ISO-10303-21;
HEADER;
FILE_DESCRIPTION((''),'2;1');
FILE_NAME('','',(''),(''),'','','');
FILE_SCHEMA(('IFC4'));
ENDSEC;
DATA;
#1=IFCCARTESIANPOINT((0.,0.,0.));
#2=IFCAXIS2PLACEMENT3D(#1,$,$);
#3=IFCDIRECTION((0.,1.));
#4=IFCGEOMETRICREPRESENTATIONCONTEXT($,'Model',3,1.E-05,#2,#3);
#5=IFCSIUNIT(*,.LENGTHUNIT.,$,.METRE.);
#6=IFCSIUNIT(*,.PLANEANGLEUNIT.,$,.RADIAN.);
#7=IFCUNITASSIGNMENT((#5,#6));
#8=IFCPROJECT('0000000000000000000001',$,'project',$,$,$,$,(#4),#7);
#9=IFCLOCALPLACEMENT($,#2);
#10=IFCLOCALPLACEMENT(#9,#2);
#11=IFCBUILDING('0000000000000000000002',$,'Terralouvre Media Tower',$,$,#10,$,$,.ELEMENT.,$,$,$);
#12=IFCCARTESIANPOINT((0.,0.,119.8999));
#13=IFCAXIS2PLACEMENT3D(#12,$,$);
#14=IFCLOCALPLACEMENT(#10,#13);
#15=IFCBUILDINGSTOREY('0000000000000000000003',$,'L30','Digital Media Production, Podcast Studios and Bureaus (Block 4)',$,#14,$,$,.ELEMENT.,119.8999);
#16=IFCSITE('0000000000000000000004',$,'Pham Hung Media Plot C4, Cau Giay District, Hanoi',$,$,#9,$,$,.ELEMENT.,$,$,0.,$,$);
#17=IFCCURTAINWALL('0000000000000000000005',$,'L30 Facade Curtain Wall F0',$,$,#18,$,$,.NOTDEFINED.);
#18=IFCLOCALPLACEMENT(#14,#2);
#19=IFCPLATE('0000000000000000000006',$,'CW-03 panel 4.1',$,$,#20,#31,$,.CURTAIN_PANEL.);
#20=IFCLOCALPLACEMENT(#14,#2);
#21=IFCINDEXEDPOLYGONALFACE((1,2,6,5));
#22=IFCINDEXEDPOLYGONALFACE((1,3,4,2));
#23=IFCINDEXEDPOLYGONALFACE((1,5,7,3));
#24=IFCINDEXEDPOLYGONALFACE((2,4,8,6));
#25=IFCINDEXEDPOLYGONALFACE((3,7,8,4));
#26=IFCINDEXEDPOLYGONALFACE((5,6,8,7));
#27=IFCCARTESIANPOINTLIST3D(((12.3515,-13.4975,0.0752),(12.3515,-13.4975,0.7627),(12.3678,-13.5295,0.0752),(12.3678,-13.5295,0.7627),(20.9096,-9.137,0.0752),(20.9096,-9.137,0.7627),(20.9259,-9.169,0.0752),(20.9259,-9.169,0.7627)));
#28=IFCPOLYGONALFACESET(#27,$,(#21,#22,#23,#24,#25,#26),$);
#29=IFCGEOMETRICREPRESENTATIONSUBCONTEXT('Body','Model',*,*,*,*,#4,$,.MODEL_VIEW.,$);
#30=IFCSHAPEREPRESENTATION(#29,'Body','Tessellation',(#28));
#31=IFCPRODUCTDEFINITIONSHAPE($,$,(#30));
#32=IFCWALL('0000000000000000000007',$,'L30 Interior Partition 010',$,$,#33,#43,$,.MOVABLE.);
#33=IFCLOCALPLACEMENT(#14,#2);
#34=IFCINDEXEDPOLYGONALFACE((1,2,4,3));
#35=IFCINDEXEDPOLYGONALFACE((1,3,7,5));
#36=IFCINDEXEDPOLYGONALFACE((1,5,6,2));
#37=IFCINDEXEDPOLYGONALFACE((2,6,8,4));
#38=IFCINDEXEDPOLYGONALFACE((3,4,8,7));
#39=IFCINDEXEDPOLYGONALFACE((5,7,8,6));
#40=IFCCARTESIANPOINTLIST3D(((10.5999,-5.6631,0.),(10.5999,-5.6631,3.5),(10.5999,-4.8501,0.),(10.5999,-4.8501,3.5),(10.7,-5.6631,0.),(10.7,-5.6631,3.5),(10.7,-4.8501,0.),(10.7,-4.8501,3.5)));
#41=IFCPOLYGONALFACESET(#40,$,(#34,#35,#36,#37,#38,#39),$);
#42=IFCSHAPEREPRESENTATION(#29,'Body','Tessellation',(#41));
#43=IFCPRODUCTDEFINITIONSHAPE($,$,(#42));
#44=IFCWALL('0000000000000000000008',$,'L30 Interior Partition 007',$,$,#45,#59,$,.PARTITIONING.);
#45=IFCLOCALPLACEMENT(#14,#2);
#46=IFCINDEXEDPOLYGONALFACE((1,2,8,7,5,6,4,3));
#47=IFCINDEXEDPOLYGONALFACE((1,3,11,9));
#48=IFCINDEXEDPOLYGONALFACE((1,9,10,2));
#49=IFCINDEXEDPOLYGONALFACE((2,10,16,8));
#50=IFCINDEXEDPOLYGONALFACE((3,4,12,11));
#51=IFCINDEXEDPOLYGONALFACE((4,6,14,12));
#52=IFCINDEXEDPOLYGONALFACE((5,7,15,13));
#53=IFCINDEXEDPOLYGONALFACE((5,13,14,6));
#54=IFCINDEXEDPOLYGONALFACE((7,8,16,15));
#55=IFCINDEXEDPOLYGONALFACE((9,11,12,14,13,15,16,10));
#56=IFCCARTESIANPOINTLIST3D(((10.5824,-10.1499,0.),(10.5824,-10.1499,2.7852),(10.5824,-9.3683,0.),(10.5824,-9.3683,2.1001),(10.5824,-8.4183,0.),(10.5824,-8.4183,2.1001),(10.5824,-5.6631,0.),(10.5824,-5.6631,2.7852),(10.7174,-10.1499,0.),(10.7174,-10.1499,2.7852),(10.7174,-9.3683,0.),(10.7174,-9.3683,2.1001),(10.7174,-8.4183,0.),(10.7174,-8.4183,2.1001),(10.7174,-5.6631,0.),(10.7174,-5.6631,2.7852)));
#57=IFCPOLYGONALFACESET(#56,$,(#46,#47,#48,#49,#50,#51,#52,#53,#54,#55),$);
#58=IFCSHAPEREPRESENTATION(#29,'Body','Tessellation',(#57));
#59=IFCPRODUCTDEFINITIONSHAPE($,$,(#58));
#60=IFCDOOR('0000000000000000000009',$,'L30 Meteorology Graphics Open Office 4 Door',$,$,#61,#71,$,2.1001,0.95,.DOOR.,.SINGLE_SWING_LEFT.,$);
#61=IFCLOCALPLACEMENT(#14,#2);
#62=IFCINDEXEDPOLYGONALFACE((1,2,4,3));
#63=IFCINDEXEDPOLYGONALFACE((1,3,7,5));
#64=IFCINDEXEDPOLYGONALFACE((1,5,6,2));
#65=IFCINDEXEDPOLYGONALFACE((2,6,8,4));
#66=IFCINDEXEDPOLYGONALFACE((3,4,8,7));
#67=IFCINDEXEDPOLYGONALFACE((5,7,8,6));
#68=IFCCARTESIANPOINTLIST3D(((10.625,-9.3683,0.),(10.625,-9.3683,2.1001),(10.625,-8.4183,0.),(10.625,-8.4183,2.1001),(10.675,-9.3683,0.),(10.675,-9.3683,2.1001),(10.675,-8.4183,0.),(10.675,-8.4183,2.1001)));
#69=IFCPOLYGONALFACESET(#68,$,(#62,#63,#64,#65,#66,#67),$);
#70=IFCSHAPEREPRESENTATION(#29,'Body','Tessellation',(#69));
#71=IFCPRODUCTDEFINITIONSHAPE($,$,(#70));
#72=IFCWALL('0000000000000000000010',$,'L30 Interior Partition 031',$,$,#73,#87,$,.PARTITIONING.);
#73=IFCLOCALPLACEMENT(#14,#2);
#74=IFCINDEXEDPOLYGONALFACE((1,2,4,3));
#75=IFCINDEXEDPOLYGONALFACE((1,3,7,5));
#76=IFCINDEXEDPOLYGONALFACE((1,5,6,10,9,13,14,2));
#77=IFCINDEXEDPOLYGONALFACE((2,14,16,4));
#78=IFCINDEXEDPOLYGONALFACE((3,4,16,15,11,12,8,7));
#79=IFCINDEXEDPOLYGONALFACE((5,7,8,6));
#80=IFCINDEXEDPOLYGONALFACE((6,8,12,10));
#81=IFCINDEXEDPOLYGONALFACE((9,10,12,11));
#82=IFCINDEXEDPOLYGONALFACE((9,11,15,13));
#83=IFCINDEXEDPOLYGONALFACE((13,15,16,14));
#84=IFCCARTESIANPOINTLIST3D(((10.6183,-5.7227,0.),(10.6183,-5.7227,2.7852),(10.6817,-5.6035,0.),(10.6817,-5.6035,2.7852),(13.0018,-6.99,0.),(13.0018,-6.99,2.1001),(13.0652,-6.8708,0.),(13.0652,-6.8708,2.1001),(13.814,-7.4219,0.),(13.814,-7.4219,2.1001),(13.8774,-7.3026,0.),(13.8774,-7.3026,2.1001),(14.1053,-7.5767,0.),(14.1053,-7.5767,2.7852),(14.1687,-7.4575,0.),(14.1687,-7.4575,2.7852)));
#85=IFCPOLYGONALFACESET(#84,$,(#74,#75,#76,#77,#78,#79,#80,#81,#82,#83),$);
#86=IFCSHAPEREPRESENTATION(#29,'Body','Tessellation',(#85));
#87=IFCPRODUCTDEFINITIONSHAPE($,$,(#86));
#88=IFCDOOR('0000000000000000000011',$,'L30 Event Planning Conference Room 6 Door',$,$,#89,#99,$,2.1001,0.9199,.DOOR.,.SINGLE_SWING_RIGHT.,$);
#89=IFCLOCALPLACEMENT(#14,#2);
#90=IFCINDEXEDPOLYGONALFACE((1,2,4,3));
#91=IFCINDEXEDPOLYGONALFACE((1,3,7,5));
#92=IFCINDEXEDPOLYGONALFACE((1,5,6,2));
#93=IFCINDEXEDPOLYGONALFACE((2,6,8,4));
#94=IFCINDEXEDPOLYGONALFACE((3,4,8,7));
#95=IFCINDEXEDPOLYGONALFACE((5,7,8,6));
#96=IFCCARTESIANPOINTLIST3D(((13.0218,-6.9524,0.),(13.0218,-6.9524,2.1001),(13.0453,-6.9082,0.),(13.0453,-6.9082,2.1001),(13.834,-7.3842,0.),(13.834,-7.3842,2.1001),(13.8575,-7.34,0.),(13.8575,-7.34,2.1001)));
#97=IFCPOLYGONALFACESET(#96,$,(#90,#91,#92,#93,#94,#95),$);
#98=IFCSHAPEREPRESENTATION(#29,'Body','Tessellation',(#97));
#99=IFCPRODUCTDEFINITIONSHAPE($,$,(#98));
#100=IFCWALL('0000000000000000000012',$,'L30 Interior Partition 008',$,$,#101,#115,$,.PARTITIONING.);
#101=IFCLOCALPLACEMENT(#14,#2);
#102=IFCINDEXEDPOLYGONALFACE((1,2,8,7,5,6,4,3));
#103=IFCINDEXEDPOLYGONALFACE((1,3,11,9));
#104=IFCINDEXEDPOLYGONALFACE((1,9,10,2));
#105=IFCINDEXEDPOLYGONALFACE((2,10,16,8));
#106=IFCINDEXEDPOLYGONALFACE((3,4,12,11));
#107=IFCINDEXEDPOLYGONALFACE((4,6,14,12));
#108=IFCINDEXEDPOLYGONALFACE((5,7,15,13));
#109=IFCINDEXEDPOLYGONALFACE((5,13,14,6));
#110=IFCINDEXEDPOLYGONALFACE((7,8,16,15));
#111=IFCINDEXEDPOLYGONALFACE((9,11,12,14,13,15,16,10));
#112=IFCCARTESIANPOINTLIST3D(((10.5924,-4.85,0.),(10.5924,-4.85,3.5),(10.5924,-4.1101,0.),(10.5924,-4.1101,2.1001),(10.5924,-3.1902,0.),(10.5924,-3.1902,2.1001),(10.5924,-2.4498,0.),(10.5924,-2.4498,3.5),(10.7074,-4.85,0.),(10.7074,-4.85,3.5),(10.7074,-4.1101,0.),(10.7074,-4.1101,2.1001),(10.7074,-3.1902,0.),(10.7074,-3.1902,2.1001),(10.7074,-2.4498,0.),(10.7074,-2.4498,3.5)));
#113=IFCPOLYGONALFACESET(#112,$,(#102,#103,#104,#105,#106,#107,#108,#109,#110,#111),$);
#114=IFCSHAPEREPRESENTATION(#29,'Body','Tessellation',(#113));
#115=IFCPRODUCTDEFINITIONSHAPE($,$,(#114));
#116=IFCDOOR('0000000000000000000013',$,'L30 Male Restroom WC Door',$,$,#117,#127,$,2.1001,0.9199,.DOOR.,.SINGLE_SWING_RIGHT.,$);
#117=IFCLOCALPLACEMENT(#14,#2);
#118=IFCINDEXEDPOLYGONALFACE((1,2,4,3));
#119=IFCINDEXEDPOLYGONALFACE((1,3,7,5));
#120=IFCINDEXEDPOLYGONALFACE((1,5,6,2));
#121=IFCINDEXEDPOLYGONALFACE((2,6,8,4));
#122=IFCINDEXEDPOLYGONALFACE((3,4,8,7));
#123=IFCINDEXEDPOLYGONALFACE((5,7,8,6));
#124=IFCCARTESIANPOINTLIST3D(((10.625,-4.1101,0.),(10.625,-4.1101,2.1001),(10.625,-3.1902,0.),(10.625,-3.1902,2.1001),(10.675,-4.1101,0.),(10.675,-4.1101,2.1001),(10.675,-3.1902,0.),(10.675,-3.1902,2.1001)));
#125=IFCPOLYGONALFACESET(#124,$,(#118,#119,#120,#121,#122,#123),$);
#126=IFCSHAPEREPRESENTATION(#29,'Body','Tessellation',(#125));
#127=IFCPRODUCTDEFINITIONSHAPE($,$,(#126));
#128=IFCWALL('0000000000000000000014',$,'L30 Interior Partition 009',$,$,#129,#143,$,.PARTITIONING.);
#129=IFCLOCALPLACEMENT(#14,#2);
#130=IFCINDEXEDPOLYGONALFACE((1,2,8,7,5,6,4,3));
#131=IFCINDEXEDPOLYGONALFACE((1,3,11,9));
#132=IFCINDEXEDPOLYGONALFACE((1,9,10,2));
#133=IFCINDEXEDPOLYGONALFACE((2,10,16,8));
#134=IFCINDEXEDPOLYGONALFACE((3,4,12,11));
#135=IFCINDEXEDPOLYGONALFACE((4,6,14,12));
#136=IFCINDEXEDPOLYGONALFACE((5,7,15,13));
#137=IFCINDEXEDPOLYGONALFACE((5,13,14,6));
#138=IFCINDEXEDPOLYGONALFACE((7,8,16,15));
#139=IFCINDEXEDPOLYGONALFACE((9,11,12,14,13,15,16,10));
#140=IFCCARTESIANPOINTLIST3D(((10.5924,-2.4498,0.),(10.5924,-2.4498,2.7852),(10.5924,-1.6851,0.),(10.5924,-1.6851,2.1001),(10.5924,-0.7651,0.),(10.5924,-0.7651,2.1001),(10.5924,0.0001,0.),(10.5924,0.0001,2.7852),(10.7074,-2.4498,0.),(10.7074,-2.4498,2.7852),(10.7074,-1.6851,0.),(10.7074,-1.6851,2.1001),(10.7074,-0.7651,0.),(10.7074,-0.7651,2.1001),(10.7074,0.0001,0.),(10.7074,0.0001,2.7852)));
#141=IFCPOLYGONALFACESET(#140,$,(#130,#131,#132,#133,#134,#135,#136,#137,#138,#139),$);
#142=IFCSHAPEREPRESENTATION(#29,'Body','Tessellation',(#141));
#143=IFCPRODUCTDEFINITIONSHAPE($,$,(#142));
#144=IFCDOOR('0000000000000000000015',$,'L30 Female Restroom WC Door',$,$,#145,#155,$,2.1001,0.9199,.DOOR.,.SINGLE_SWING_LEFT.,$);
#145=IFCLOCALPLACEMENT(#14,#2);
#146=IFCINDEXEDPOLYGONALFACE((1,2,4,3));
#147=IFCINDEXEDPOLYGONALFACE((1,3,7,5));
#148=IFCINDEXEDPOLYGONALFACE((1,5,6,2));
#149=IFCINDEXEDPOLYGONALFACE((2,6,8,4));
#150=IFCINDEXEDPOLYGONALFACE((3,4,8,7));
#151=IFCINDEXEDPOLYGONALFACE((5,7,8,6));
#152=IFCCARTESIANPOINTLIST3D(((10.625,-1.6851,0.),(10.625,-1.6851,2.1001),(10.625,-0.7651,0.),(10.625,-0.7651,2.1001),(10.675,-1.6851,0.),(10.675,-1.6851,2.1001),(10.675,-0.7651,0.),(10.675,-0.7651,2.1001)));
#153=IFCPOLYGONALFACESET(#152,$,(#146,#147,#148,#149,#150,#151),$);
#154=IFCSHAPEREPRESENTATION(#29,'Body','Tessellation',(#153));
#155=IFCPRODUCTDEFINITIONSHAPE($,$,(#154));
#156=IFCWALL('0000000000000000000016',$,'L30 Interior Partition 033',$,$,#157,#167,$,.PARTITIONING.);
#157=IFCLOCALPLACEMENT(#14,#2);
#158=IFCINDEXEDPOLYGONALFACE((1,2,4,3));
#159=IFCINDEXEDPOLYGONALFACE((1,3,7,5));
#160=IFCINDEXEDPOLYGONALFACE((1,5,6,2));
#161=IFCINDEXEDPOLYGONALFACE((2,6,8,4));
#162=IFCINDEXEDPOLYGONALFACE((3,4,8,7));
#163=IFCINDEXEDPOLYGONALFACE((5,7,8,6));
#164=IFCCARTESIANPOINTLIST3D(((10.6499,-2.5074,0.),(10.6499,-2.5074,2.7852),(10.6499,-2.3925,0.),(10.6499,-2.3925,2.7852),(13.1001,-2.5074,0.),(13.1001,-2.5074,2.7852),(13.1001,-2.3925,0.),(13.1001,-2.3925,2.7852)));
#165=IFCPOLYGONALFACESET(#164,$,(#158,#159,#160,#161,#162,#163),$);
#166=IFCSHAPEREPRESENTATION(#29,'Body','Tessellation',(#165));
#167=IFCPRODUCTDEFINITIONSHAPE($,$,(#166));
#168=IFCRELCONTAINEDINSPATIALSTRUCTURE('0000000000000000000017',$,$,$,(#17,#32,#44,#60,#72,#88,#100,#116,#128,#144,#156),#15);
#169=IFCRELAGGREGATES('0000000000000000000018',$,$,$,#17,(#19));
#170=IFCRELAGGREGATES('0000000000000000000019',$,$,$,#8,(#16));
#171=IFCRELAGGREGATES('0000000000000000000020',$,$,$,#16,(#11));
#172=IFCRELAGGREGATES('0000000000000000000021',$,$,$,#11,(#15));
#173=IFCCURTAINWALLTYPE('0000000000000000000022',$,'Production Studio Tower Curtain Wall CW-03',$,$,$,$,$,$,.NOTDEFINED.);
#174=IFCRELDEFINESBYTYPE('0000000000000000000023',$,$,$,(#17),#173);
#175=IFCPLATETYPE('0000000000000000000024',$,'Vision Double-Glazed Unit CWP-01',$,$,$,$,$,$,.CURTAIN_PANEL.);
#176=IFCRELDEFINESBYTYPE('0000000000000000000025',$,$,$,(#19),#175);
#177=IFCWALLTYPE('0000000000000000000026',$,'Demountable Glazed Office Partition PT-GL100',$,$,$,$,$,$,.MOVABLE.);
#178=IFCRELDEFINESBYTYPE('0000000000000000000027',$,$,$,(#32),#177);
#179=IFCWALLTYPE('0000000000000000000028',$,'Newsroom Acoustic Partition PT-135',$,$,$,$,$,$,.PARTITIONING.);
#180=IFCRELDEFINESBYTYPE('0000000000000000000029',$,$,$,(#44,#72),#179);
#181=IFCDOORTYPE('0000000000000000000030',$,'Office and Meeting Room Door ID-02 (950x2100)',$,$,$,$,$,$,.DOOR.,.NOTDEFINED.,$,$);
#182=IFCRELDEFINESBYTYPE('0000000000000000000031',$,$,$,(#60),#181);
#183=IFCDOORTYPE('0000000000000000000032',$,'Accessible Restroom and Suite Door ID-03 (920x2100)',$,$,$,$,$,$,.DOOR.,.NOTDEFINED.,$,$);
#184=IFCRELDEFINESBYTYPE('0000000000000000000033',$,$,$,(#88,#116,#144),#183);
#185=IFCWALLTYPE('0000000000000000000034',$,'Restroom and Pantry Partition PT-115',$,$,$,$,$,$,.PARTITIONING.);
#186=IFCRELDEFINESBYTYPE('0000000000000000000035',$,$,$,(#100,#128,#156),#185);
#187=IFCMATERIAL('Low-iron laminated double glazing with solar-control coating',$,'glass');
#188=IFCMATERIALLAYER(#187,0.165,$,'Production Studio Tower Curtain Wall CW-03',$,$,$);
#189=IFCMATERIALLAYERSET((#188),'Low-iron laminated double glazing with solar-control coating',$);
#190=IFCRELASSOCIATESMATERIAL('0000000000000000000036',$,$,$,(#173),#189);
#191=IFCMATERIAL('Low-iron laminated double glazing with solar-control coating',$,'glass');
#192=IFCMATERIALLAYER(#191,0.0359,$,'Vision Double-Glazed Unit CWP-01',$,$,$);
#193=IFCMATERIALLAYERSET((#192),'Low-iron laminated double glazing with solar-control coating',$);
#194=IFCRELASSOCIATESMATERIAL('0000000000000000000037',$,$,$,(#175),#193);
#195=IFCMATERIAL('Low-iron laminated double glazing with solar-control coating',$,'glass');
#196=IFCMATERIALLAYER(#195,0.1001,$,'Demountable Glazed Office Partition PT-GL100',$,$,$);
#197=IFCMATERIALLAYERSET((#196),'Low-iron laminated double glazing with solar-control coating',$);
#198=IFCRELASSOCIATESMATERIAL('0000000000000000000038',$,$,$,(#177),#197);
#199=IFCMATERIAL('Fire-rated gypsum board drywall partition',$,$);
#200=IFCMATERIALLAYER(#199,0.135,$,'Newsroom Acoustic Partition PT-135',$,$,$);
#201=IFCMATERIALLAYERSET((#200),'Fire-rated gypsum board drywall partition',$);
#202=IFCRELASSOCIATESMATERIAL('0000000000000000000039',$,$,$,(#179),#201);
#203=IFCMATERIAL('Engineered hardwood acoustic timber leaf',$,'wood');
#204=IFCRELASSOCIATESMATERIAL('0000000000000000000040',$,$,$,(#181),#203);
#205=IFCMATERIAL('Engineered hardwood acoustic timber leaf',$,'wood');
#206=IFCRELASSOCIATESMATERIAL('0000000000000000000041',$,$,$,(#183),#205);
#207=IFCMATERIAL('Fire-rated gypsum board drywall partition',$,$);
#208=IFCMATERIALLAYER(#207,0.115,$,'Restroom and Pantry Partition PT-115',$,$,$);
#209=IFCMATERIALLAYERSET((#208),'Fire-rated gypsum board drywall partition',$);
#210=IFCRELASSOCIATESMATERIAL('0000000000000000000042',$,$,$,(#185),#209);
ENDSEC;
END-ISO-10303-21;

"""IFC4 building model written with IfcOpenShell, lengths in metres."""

from ifc_helpers import new_model, si_unit, direction, frame, frame_2d, origin, origin_2d, place, context, subcontext, project, spatial, rectangle, extrude, material, layer, layer_set, type_object, element, fill, aggregate, save


model = new_model("IFC4")

# Units and contexts
model_context = context("Model", 3, precision=1e-05, world=origin(), true_north=direction((0.0, 1.0)))
body_context = subcontext(model_context, "Body", "Model", "MODEL_VIEW")
ifc_project = project(units=[si_unit("LENGTHUNIT", "METRE"), si_unit("PLANEANGLEUNIT", "RADIAN")], contexts=[model_context])

# Site, building, storey
site_placement = place(None, origin())
site = spatial("IfcSite", under=ifc_project, at=site_placement, Name="Pham Hung Media Plot C4, Cau Giay District, Hanoi", CompositionType="ELEMENT", RefElevation=0.0)
building_placement = place(site_placement, origin())
building = spatial("IfcBuilding", under=site, at=building_placement, Name="Terralouvre Media Tower", CompositionType="ELEMENT")
storey_placement = place(building_placement, frame((0.0, 0.0, 119.8999)))
storey = spatial("IfcBuildingStorey", under=building, at=storey_placement, Name="L30", Description="Digital Media Production, Podcast Studios and Bureaus (Block 4)", CompositionType="ELEMENT", Elevation=119.8999)

# Curtain wall
ifc_material_1 = material(Name="Low-iron laminated double glazing with solar-control coating", Category="glass")
ifc_layer_1 = layer(ifc_material_1, 0.165, Name="Production Studio Tower Curtain Wall CW-03")
ifc_layer_set_1 = layer_set([ifc_layer_1], Name="Low-iron laminated double glazing with solar-control coating")
curtain_wall_type = type_object("IfcCurtainWallType", Name="Production Studio Tower Curtain Wall CW-03", PredefinedType="NOTDEFINED", material=ifc_layer_set_1)
curtain_wall_placement = place(storey_placement, origin())
curtain_wall = element("IfcCurtainWall", 1, at=curtain_wall_placement, inside=storey, type_object=curtain_wall_type, Name="L30 Facade Curtain Wall F0", PredefinedType="NOTDEFINED")

# Plate
ifc_material_2 = material(Name="Low-iron laminated double glazing with solar-control coating", Category="glass")
ifc_layer_2 = layer(ifc_material_2, 0.0359, Name="Vision Double-Glazed Unit CWP-01")
ifc_layer_set_2 = layer_set([ifc_layer_2], Name="Low-iron laminated double glazing with solar-control coating")
plate_type = type_object("IfcPlateType", Name="Vision Double-Glazed Unit CWP-01", PredefinedType="CURTAIN_PANEL", material=ifc_layer_set_2)
plate_placement = place(storey_placement, frame((16.6387, -11.3333, 0.0752), z_axis=(0.0, 0.0, 1.0), x_axis=(0.891007, 0.453991, 0.0)))
plate = element("IfcPlate", 2, at=plate_placement, type_object=plate_type, Name="CW-03 panel 4.1", PredefinedType="CURTAIN_PANEL", context=body_context, shape_type="SweptSolid", body=[
    extrude(rectangle(XDim=9.605, YDim=0.0359, at=origin_2d()), origin(), (0.0, 0.0, 1.0), 0.6875),
])
aggregate(curtain_wall, [plate])

# Wall
ifc_material_3 = material(Name="Low-iron laminated double glazing with solar-control coating", Category="glass")
ifc_layer_3 = layer(ifc_material_3, 0.1001, Name="Demountable Glazed Office Partition PT-GL100")
ifc_layer_set_3 = layer_set([ifc_layer_3], Name="Low-iron laminated double glazing with solar-control coating")
wall_type_1 = type_object("IfcWallType", Name="Demountable Glazed Office Partition PT-GL100", PredefinedType="MOVABLE", material=ifc_layer_set_3)
wall_1_placement = place(storey_placement, frame((10.6499, -5.6631, 0.0), z_axis=(0.0, 0.0, 1.0), x_axis=(0.0, 1.0, 0.0)))
element("IfcWall", 3, at=wall_1_placement, inside=storey, type_object=wall_type_1, Name="L30 Interior Partition 010", PredefinedType="MOVABLE", context=body_context, shape_type="SweptSolid", body=[
    extrude(rectangle(XDim=0.813, YDim=0.1001, at=frame_2d((0.4065, 0.0))), origin(), (0.0, 0.0, 1.0), 3.5),
])

# Walls, openings, doors
ifc_material_4 = material(Name="Fire-rated gypsum board drywall partition")
ifc_layer_4 = layer(ifc_material_4, 0.135, Name="Newsroom Acoustic Partition PT-135")
ifc_layer_set_4 = layer_set([ifc_layer_4], Name="Fire-rated gypsum board drywall partition")
wall_type_2 = type_object("IfcWallType", Name="Newsroom Acoustic Partition PT-135", PredefinedType="PARTITIONING", material=ifc_layer_set_4)
wall_2_placement = place(storey_placement, frame((10.6499, -10.1499, 0.0), z_axis=(0.0, 0.0, 1.0), x_axis=(0.0, 1.0, 0.0)))
wall_2 = element("IfcWall", 4, at=wall_2_placement, inside=storey, type_object=wall_type_2, Name="L30 Interior Partition 007", PredefinedType="PARTITIONING", context=body_context, shape_type="SweptSolid", body=[
    extrude(rectangle(XDim=4.4868, YDim=0.135, at=frame_2d((2.2434, 0.0))), origin(), (0.0, 0.0, 1.0), 2.7852),
])
opening_1_placement = place(wall_2_placement, frame((0.7815, 0.0, 0.0)))
opening_1 = element("IfcOpeningElement", 5, at=opening_1_placement, cuts=wall_2, PredefinedType="OPENING", context=body_context, shape_type="SweptSolid", body=[
    extrude(rectangle(XDim=0.95, YDim=2.1001, at=frame_2d((0.4751, 1.05))), frame((0.0, 0.0774, 0.0), z_axis=(0.0, -1.0, 0.0), x_axis=(1.0, 0.0, 0.0)), (0.0, 0.0, 1.0), 0.155),
])
ifc_material_5 = material(Name="Engineered hardwood acoustic timber leaf", Category="wood")
door_type_1 = type_object("IfcDoorType", Name="Office and Meeting Room Door ID-02 (950x2100)", OperationType="NOTDEFINED", PredefinedType="DOOR", material=ifc_material_5)
door_1_placement = place(opening_1_placement, origin())
door_1 = element("IfcDoor", 6, at=door_1_placement, inside=storey, type_object=door_type_1, Name="L30 Meteorology Graphics Open Office 4 Door", OperationType="SINGLE_SWING_LEFT", OverallHeight=2.1001, OverallWidth=0.95, PredefinedType="DOOR", context=body_context, shape_type="SweptSolid", body=[
    extrude(rectangle(XDim=0.95, YDim=2.1001, at=frame_2d((0.4751, 1.05))), frame((0.0, 0.0249, 0.0), z_axis=(0.0, -1.0, 0.0), x_axis=(1.0, 0.0, 0.0)), (0.0, 0.0, 1.0), 0.05),
])
fill(opening_1, door_1)
wall_3_placement = place(storey_placement, frame((14.137, -7.5171, 0.0), z_axis=(0.0, 0.0, 1.0), x_axis=(-0.882958, 0.469452, 0.0)))
wall_3 = element("IfcWall", 7, at=wall_3_placement, inside=storey, type_object=wall_type_2, Name="L30 Interior Partition 031", PredefinedType="PARTITIONING", context=body_context, shape_type="SweptSolid", body=[
    extrude(rectangle(XDim=3.9492, YDim=0.135, at=frame_2d((1.9746, 0.0))), origin(), (0.0, 0.0, 1.0), 2.7852),
])
opening_2_placement = place(wall_3_placement, frame((0.3298, 0.0, 0.0)))
opening_2 = element("IfcOpeningElement", 8, at=opening_2_placement, cuts=wall_3, PredefinedType="OPENING", context=body_context, shape_type="SweptSolid", body=[
    extrude(rectangle(XDim=0.9199, YDim=2.1001, at=frame_2d((0.46, 1.05))), frame((0.0, 0.0774, 0.0), z_axis=(0.0, -1.0, 0.0), x_axis=(1.0, 0.0, 0.0)), (0.0, 0.0, 1.0), 0.155),
])
ifc_material_6 = material(Name="Engineered hardwood acoustic timber leaf", Category="wood")
door_type_2 = type_object("IfcDoorType", Name="Accessible Restroom and Suite Door ID-03 (920x2100)", OperationType="NOTDEFINED", PredefinedType="DOOR", material=ifc_material_6)
door_2_placement = place(opening_2_placement, origin())
door_2 = element("IfcDoor", 9, at=door_2_placement, inside=storey, type_object=door_type_2, Name="L30 Event Planning Conference Room 6 Door", OperationType="SINGLE_SWING_RIGHT", OverallHeight=2.1001, OverallWidth=0.9199, PredefinedType="DOOR", context=body_context, shape_type="SweptSolid", body=[
    extrude(rectangle(XDim=0.9199, YDim=2.1001, at=frame_2d((0.46, 1.05))), frame((0.0, 0.0249, 0.0), z_axis=(0.0, -1.0, 0.0), x_axis=(1.0, 0.0, 0.0)), (0.0, 0.0, 1.0), 0.05),
])
fill(opening_2, door_2)
ifc_material_7 = material(Name="Fire-rated gypsum board drywall partition")
ifc_layer_5 = layer(ifc_material_7, 0.115, Name="Restroom and Pantry Partition PT-115")
ifc_layer_set_5 = layer_set([ifc_layer_5], Name="Fire-rated gypsum board drywall partition")
wall_type_3 = type_object("IfcWallType", Name="Restroom and Pantry Partition PT-115", PredefinedType="PARTITIONING", material=ifc_layer_set_5)
wall_4_placement = place(storey_placement, frame((10.6499, -4.8501, 0.0), z_axis=(0.0, 0.0, 1.0), x_axis=(0.0, 1.0, 0.0)))
wall_4 = element("IfcWall", 10, at=wall_4_placement, inside=storey, type_object=wall_type_3, Name="L30 Interior Partition 008", PredefinedType="PARTITIONING", context=body_context, shape_type="SweptSolid", body=[
    extrude(rectangle(XDim=2.4001, YDim=0.115, at=frame_2d((1.2002, 0.0))), origin(), (0.0, 0.0, 1.0), 3.5),
])
opening_3_placement = place(wall_4_placement, frame((0.74, 0.0, 0.0)))
opening_3 = element("IfcOpeningElement", 11, at=opening_3_placement, cuts=wall_4, PredefinedType="OPENING", context=body_context, shape_type="SweptSolid", body=[
    extrude(rectangle(XDim=0.9199, YDim=2.1001, at=frame_2d((0.46, 1.05))), frame((0.0, 0.0674, 0.0), z_axis=(0.0, -1.0, 0.0), x_axis=(1.0, 0.0, 0.0)), (0.0, 0.0, 1.0), 0.135),
])
door_3_placement = place(opening_3_placement, origin())
door_3 = element("IfcDoor", 12, at=door_3_placement, inside=storey, type_object=door_type_2, Name="L30 Male Restroom WC Door", OperationType="SINGLE_SWING_RIGHT", OverallHeight=2.1001, OverallWidth=0.9199, PredefinedType="DOOR", context=body_context, shape_type="SweptSolid", body=[
    extrude(rectangle(XDim=0.9199, YDim=2.1001, at=frame_2d((0.46, 1.05))), frame((0.0, 0.0249, 0.0), z_axis=(0.0, -1.0, 0.0), x_axis=(1.0, 0.0, 0.0)), (0.0, 0.0, 1.0), 0.05),
])
fill(opening_3, door_3)
wall_5_placement = place(storey_placement, frame((10.6499, -2.45, 0.0), z_axis=(0.0, 0.0, 1.0), x_axis=(0.0, 1.0, 0.0)))
wall_5 = element("IfcWall", 13, at=wall_5_placement, inside=storey, type_object=wall_type_3, Name="L30 Interior Partition 009", PredefinedType="PARTITIONING", context=body_context, shape_type="SweptSolid", body=[
    extrude(rectangle(XDim=2.45, YDim=0.115, at=frame_2d((1.2251, 0.0))), origin(), (0.0, 0.0, 1.0), 2.7852),
])
opening_4_placement = place(wall_5_placement, frame((0.7649, 0.0, 0.0)))
opening_4 = element("IfcOpeningElement", 14, at=opening_4_placement, cuts=wall_5, PredefinedType="OPENING", context=body_context, shape_type="SweptSolid", body=[
    extrude(rectangle(XDim=0.9199, YDim=2.1001, at=frame_2d((0.46, 1.05))), frame((0.0, 0.0674, 0.0), z_axis=(0.0, -1.0, 0.0), x_axis=(1.0, 0.0, 0.0)), (0.0, 0.0, 1.0), 0.135),
])
door_4_placement = place(opening_4_placement, origin())
door_4 = element("IfcDoor", 15, at=door_4_placement, inside=storey, type_object=door_type_2, Name="L30 Female Restroom WC Door", OperationType="SINGLE_SWING_LEFT", OverallHeight=2.1001, OverallWidth=0.9199, PredefinedType="DOOR", context=body_context, shape_type="SweptSolid", body=[
    extrude(rectangle(XDim=0.9199, YDim=2.1001, at=frame_2d((0.46, 1.05))), frame((0.0, 0.0249, 0.0), z_axis=(0.0, -1.0, 0.0), x_axis=(1.0, 0.0, 0.0)), (0.0, 0.0, 1.0), 0.05),
])
fill(opening_4, door_4)

# Wall
for number, where, z_axis, x_axis, name in (
    (16, (13.1001, -2.45, 0.0), (0.0, 0.0, 1.0), (-1.0, 0.0, 0.0), "L30 Interior Partition 033"),
):
    element("IfcWall", number, at=place(storey_placement, frame(where, z_axis=z_axis, x_axis=x_axis)), inside=storey, type_object=wall_type_3, Name=name, PredefinedType="PARTITIONING", context=body_context, shape_type="SweptSolid", body=[
        extrude(rectangle(XDim=2.4502, YDim=0.115, at=frame_2d((1.2251, 0.0))), origin(), (0.0, 0.0, 1.0), 2.7852),
    ])

save(model, "model.ifc")
